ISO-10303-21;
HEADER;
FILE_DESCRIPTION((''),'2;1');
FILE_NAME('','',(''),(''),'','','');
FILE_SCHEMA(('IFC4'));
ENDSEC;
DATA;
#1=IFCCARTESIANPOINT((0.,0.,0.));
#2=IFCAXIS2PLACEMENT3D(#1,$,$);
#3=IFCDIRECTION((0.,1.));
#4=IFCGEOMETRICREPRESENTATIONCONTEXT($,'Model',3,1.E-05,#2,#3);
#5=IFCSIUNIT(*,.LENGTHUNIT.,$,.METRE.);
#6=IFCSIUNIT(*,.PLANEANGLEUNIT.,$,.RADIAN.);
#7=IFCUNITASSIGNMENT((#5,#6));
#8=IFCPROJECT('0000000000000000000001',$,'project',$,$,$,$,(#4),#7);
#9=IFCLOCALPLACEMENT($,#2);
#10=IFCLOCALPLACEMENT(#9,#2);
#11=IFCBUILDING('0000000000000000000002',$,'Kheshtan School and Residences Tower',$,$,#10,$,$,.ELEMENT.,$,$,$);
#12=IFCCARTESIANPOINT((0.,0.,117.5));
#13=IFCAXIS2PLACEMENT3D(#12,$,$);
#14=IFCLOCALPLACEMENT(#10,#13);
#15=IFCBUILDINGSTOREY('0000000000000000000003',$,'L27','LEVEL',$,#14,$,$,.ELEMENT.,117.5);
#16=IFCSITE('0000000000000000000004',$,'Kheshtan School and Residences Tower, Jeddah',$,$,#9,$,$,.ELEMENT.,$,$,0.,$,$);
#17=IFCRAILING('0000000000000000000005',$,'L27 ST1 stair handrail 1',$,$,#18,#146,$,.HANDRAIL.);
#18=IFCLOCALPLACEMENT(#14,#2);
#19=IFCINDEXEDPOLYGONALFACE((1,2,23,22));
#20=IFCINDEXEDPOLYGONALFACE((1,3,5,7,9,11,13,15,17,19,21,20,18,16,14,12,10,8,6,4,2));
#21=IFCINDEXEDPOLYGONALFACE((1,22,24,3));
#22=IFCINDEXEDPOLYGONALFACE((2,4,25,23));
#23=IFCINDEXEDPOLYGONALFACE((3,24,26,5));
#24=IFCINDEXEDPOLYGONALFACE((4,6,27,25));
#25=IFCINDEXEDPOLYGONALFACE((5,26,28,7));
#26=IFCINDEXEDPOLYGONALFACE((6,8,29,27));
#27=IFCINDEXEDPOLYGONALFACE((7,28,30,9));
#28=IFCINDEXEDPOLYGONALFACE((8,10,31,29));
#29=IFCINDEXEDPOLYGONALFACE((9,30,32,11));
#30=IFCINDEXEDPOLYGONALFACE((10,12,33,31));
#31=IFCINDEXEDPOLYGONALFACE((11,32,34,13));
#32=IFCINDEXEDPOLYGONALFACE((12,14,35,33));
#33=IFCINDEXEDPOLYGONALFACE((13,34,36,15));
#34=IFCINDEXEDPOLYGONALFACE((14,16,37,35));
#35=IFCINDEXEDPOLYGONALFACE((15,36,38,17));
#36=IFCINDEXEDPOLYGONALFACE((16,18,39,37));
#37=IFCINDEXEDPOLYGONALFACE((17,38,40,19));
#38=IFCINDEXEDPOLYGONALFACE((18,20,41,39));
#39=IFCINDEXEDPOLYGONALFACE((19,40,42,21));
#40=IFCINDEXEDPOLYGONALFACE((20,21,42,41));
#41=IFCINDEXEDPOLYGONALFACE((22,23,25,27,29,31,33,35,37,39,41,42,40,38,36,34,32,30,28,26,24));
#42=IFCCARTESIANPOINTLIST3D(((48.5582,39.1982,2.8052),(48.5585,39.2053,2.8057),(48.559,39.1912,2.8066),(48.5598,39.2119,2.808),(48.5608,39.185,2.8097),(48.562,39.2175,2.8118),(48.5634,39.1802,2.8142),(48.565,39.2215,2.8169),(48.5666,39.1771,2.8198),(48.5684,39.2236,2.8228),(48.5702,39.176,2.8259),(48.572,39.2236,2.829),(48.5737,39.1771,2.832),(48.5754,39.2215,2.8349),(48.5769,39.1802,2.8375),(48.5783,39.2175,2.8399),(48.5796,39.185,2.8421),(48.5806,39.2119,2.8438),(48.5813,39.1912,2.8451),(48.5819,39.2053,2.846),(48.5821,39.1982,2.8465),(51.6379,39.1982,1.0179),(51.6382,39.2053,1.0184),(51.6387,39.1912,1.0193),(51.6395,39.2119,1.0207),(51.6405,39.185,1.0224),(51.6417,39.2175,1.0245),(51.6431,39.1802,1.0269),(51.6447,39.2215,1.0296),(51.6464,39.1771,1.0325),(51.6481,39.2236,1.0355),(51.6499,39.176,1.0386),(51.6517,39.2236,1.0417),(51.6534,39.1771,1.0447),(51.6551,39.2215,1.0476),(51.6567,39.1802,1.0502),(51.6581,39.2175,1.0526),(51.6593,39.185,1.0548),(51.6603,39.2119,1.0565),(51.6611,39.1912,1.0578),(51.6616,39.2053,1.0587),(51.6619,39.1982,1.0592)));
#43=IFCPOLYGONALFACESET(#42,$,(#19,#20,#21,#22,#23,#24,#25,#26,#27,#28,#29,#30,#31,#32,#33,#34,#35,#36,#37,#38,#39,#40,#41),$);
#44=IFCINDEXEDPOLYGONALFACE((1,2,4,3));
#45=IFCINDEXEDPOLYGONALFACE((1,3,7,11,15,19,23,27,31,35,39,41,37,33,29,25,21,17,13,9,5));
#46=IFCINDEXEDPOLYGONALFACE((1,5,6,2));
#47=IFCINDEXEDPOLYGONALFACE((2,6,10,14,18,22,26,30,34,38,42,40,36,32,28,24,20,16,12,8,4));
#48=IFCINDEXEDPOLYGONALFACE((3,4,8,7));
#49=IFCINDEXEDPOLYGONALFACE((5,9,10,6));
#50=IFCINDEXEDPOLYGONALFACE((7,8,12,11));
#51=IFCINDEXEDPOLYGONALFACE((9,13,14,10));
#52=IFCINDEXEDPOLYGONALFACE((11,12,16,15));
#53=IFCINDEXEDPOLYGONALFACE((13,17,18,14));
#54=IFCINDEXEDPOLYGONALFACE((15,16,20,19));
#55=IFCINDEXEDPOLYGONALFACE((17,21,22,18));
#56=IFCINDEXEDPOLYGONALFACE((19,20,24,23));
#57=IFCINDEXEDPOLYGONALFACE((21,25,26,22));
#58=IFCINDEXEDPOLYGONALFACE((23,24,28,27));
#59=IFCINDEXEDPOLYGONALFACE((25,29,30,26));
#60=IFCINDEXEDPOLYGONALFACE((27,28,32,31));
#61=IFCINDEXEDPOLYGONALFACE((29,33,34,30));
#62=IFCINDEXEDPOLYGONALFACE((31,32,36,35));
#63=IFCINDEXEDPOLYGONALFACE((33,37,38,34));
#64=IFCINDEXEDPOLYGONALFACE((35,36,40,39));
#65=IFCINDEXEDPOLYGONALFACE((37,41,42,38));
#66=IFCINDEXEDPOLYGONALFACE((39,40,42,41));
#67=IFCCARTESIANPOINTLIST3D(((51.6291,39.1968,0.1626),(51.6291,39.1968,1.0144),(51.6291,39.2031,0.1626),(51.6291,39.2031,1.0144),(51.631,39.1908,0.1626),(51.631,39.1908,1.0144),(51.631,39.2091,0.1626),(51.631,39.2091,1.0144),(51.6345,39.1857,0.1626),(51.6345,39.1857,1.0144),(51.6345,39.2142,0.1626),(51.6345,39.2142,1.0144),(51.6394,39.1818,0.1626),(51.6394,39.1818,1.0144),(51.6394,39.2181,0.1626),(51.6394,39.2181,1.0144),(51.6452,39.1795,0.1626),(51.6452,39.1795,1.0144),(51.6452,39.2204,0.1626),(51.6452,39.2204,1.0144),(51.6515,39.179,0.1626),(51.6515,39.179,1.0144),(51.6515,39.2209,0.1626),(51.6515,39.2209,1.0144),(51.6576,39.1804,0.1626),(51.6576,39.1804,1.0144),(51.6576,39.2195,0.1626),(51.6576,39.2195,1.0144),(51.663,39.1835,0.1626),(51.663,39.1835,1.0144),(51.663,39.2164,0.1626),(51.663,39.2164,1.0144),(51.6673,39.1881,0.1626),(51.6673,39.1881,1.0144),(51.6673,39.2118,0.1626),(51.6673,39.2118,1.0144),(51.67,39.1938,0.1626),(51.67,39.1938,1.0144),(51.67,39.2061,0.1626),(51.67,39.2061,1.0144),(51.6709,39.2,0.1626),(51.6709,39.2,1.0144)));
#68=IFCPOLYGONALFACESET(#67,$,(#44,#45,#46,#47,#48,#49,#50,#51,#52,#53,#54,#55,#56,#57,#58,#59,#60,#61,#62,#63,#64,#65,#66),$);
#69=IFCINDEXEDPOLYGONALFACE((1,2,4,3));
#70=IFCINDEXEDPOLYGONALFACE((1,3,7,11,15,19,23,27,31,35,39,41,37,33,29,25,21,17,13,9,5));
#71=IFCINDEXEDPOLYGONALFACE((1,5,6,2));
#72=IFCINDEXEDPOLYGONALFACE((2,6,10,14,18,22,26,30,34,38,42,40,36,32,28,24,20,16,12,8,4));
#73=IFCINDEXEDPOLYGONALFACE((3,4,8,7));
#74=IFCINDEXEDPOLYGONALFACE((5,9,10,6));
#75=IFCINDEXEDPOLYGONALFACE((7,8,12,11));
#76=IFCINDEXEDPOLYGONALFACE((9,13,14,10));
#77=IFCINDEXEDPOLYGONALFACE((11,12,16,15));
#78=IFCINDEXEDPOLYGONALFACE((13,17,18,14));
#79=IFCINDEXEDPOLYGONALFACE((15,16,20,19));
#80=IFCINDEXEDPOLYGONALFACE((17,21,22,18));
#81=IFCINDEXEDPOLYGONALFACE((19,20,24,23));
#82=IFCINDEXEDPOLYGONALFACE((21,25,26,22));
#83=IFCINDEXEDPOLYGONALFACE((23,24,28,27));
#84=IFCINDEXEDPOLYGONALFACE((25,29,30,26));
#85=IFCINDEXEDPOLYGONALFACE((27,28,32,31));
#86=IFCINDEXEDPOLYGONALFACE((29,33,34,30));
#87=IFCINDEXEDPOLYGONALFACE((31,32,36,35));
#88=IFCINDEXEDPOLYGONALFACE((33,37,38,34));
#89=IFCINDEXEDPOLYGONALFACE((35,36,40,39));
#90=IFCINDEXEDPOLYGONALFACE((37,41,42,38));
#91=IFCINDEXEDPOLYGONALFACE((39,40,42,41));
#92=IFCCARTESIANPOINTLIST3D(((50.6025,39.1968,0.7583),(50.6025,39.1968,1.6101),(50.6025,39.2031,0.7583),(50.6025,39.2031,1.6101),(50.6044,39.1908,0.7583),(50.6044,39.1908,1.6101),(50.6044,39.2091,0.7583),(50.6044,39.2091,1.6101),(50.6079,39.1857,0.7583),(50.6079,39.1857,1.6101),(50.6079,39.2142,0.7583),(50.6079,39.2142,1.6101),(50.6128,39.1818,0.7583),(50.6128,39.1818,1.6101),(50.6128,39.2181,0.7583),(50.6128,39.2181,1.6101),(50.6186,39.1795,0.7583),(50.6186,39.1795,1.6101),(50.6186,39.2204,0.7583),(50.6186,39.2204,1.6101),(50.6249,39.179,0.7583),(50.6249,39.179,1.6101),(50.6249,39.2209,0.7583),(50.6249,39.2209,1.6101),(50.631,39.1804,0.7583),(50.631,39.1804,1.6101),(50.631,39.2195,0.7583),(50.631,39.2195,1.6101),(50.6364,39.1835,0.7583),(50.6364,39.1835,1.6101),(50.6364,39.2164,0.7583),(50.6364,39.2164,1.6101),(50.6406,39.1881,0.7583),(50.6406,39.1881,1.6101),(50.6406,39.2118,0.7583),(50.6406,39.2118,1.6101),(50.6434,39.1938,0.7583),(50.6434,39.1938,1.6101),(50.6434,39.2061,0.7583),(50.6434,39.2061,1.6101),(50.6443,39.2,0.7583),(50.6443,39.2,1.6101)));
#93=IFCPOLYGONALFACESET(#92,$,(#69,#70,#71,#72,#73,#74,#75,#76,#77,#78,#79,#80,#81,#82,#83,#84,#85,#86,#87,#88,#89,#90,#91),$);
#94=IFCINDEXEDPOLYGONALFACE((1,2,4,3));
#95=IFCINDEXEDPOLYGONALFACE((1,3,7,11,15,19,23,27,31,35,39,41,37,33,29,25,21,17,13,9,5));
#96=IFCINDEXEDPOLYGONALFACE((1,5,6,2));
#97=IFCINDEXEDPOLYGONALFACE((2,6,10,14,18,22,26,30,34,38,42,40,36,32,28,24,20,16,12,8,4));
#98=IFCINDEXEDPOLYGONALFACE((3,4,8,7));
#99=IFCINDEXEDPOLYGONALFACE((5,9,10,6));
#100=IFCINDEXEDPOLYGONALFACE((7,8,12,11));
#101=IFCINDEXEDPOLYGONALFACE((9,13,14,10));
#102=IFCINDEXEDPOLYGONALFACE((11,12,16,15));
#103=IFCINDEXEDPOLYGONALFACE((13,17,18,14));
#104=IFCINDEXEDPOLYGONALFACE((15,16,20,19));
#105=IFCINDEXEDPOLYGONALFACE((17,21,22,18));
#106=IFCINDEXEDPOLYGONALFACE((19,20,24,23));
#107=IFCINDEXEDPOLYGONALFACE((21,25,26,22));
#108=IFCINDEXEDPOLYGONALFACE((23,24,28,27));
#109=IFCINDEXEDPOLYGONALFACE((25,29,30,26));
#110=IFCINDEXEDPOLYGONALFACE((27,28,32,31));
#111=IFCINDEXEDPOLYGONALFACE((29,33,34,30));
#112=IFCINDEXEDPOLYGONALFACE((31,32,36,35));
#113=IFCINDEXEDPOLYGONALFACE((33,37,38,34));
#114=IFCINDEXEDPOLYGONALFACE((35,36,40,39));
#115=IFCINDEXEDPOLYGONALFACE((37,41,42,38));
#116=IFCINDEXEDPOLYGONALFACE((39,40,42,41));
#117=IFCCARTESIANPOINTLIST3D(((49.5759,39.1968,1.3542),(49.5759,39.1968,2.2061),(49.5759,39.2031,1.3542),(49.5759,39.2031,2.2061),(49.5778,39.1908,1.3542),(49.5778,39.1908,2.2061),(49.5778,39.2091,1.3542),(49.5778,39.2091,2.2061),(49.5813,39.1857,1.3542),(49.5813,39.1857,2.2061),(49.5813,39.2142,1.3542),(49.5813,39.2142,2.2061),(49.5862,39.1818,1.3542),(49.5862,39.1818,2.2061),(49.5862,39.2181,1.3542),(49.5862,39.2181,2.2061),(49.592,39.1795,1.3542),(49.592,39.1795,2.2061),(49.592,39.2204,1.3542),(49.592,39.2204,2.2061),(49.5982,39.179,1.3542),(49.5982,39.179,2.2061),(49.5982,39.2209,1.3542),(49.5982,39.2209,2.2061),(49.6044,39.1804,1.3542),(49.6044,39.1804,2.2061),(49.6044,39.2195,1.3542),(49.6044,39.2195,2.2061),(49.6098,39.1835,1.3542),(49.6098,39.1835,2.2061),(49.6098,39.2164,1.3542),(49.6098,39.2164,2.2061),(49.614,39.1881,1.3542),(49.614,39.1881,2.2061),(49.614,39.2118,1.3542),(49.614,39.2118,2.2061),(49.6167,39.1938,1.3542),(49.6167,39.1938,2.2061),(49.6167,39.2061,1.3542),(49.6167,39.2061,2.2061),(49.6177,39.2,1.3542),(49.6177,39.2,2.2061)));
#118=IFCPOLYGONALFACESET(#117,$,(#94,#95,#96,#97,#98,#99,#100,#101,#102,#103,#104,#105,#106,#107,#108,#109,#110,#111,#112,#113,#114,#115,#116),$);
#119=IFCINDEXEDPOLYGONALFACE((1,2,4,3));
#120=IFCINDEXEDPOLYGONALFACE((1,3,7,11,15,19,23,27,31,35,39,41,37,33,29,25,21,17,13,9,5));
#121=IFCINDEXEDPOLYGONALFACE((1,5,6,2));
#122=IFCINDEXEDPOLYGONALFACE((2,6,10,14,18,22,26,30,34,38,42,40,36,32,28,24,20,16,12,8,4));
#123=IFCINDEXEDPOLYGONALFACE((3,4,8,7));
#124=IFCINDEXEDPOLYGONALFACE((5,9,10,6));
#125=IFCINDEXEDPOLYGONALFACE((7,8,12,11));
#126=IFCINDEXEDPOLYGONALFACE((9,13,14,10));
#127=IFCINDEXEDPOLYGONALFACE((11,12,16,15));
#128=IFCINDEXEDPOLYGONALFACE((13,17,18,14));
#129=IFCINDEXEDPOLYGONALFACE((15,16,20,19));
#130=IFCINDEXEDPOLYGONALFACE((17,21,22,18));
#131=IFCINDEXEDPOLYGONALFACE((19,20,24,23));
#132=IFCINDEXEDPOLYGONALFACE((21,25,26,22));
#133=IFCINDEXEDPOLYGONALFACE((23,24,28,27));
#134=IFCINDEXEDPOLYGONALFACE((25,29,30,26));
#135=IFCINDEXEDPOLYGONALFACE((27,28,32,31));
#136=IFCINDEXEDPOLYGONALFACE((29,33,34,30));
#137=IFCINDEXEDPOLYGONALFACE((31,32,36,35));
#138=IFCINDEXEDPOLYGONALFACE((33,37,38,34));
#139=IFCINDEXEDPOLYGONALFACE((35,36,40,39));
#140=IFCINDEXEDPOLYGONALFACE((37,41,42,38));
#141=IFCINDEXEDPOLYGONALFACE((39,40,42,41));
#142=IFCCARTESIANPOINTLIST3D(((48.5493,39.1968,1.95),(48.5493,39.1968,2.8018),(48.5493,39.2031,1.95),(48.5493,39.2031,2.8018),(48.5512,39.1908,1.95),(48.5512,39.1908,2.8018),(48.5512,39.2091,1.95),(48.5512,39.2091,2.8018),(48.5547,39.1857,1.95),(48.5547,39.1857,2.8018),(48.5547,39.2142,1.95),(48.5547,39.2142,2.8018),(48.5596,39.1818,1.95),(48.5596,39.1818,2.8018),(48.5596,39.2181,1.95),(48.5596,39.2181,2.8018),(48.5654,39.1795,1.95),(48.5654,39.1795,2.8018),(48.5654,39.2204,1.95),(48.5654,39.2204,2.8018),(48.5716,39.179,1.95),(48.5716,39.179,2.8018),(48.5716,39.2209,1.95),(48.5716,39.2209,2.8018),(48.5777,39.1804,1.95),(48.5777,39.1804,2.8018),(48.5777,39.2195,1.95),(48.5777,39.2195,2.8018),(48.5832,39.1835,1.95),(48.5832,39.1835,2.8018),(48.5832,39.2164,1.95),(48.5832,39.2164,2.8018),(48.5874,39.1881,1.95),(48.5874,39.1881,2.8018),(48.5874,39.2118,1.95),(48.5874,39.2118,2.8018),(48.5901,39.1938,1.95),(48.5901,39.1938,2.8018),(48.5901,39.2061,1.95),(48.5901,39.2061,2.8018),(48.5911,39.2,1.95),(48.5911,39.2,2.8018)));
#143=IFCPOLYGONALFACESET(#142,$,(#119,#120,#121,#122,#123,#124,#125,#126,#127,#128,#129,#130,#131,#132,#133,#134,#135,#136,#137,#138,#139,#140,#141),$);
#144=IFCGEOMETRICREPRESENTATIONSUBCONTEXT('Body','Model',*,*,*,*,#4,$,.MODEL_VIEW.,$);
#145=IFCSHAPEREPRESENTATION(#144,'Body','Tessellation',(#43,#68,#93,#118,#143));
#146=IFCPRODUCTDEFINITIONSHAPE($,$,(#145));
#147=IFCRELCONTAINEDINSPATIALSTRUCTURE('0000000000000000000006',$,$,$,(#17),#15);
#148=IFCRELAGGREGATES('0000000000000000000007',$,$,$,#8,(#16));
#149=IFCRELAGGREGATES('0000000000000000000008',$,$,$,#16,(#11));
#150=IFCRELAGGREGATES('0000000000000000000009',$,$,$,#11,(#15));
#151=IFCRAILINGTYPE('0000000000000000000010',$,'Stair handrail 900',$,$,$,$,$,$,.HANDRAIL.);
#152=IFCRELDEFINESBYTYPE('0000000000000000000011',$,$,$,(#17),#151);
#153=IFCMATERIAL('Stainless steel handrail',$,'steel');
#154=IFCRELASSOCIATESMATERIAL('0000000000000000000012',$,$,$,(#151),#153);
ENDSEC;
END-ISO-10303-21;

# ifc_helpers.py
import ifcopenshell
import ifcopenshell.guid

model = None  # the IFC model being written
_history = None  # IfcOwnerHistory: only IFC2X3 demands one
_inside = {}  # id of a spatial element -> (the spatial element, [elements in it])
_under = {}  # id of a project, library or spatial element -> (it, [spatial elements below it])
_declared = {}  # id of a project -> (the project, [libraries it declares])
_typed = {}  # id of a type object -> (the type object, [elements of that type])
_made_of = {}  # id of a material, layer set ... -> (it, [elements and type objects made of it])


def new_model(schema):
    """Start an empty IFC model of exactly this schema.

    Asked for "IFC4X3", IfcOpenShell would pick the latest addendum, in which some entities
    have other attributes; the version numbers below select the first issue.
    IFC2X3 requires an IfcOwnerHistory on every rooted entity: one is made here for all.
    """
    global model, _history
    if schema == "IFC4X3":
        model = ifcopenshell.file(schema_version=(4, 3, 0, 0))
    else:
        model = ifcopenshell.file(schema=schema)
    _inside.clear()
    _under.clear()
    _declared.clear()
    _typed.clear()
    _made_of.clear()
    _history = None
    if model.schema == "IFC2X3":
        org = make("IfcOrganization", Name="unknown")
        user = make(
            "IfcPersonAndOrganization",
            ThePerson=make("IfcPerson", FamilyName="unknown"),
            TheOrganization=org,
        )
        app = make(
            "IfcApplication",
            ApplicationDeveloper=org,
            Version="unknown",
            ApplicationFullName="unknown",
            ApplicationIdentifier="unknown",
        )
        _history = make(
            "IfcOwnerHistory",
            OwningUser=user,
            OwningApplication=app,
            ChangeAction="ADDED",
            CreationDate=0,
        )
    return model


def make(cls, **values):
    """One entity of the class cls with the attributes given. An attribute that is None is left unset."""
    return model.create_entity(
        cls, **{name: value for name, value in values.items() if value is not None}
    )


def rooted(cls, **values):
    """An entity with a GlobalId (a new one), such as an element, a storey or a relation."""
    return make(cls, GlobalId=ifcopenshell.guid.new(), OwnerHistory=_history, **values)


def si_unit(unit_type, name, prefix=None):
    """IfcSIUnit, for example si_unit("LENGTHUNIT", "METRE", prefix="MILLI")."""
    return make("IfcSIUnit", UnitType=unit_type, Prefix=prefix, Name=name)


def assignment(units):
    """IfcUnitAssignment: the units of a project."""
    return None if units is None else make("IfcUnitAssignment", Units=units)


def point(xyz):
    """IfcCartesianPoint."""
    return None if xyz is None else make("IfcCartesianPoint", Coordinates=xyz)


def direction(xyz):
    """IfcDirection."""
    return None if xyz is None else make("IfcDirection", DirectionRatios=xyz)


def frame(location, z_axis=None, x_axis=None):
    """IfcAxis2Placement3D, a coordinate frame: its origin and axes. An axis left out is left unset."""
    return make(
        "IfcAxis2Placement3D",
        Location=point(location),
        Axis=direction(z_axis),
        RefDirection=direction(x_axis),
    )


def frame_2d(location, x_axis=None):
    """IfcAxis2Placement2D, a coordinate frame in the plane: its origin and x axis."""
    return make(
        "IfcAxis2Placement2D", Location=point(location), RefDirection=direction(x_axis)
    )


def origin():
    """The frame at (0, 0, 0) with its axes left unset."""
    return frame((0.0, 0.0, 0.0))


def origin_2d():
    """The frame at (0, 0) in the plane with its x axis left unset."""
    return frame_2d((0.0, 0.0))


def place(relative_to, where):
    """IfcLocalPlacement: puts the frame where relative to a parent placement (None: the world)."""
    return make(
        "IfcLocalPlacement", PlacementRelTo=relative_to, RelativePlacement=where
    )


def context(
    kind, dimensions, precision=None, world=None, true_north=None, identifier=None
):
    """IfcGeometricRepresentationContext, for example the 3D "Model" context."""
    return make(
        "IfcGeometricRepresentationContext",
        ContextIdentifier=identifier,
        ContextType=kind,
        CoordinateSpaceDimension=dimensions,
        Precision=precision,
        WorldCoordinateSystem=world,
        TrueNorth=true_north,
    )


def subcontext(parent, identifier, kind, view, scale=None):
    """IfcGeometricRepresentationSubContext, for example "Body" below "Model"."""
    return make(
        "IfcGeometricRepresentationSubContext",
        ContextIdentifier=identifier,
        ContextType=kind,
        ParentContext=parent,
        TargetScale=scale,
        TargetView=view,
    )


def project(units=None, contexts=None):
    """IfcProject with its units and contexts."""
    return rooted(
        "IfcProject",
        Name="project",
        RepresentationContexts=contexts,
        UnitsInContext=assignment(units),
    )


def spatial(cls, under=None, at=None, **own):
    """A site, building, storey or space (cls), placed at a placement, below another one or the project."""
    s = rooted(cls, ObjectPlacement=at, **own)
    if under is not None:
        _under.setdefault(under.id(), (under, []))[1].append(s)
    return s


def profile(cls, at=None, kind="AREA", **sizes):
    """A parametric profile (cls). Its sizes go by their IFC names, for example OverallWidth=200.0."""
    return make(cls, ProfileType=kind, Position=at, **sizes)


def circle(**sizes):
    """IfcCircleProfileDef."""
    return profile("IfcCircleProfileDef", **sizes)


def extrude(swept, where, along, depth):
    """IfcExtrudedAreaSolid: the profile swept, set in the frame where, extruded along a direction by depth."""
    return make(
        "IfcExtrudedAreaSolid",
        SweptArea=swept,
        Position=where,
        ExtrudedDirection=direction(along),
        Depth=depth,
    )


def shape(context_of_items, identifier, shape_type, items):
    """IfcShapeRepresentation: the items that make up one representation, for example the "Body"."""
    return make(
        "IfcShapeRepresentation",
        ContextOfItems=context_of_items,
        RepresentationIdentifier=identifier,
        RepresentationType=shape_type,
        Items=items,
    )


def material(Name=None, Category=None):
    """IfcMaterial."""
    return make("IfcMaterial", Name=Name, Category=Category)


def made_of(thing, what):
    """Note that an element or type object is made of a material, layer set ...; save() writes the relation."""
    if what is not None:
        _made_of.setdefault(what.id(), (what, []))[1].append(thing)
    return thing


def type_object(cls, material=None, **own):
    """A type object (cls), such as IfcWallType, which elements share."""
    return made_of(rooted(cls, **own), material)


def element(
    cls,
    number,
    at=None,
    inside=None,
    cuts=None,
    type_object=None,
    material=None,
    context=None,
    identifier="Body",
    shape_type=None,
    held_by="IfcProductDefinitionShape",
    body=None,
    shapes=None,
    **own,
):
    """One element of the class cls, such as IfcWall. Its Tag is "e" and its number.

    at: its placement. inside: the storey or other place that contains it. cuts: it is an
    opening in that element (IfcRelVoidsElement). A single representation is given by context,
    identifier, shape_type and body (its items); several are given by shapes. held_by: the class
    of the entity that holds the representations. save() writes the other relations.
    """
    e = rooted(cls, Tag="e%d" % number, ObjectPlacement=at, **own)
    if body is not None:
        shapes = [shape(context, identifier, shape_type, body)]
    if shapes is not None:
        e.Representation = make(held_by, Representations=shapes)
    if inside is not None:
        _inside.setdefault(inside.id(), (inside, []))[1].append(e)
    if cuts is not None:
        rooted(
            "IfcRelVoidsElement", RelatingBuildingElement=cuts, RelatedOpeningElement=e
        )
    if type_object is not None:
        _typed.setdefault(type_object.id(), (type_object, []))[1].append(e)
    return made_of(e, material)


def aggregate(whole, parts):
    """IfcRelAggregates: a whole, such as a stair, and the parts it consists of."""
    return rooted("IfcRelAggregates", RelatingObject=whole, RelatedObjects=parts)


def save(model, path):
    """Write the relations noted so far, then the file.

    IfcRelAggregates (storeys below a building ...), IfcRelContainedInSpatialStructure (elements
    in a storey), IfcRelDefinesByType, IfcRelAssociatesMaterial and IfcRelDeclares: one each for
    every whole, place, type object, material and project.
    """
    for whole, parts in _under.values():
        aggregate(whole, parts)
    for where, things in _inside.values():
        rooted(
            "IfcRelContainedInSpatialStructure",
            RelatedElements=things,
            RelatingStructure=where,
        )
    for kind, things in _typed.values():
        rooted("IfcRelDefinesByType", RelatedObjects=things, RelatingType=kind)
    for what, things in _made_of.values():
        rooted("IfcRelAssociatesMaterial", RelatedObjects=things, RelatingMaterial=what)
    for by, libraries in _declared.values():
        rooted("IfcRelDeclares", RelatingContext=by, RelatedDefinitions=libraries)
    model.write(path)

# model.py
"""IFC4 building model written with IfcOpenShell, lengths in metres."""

from ifc_helpers import new_model, si_unit, direction, frame, origin, origin_2d, place, context, subcontext, project, spatial, circle, extrude, material, type_object, element, save


model = new_model("IFC4")

# Units and contexts
model_context = context("Model", 3, precision=1e-05, world=origin(), true_north=direction((0.0, 1.0)))
body_context = subcontext(model_context, "Body", "Model", "MODEL_VIEW")
ifc_project = project(units=[si_unit("LENGTHUNIT", "METRE"), si_unit("PLANEANGLEUNIT", "RADIAN")], contexts=[model_context])

# Site, building, storey
site_placement = place(None, origin())
site = spatial("IfcSite", under=ifc_project, at=site_placement, Name="Kheshtan School and Residences Tower, Jeddah", CompositionType="ELEMENT", RefElevation=0.0)
building_placement = place(site_placement, origin())
building = spatial("IfcBuilding", under=site, at=building_placement, Name="Kheshtan School and Residences Tower", CompositionType="ELEMENT")
storey_placement = place(building_placement, frame((0.0, 0.0, 117.5)))
storey = spatial("IfcBuildingStorey", under=building, at=storey_placement, Name="L27", Description="LEVEL", CompositionType="ELEMENT", Elevation=117.5)

# Railing
ifc_material_1 = material(Name="Stainless steel handrail", Category="steel")
railing_type_1 = type_object("IfcRailingType", Name="Stair handrail 900", PredefinedType="HANDRAIL", material=ifc_material_1)
railing_1_placement = place(storey_placement, frame((51.6499, 39.2, 0.1626)))
element("IfcRailing", 1, at=railing_1_placement, inside=storey, type_object=railing_type_1, Name="L27 ST1 stair handrail 1", PredefinedType="HANDRAIL", context=body_context, shape_type="SweptSolid", body=[
    extrude(circle(Radius=0.0239, at=origin_2d()), frame((0.0, 0.0, 0.876), z_axis=(-0.864903, 0.0, 0.501939), x_axis=(0.0, -1.0, 0.0)), (0.0, 0.0, 1.0), 3.5608),
    extrude(circle(Radius=0.021, at=origin_2d()), origin(), (0.0, 0.0, 1.0), 0.8518),
    extrude(circle(Radius=0.021, at=origin_2d()), frame((-1.0266, 0.0, 0.5957)), (0.0, 0.0, 1.0), 0.8518),
    extrude(circle(Radius=0.021, at=origin_2d()), frame((-2.0532, 0.0, 1.1917)), (0.0, 0.0, 1.0), 0.8518),
    extrude(circle(Radius=0.021, at=origin_2d()), frame((-3.0798, 0.0, 1.7874)), (0.0, 0.0, 1.0), 0.8518),
])

save(model, "model.ifc")
